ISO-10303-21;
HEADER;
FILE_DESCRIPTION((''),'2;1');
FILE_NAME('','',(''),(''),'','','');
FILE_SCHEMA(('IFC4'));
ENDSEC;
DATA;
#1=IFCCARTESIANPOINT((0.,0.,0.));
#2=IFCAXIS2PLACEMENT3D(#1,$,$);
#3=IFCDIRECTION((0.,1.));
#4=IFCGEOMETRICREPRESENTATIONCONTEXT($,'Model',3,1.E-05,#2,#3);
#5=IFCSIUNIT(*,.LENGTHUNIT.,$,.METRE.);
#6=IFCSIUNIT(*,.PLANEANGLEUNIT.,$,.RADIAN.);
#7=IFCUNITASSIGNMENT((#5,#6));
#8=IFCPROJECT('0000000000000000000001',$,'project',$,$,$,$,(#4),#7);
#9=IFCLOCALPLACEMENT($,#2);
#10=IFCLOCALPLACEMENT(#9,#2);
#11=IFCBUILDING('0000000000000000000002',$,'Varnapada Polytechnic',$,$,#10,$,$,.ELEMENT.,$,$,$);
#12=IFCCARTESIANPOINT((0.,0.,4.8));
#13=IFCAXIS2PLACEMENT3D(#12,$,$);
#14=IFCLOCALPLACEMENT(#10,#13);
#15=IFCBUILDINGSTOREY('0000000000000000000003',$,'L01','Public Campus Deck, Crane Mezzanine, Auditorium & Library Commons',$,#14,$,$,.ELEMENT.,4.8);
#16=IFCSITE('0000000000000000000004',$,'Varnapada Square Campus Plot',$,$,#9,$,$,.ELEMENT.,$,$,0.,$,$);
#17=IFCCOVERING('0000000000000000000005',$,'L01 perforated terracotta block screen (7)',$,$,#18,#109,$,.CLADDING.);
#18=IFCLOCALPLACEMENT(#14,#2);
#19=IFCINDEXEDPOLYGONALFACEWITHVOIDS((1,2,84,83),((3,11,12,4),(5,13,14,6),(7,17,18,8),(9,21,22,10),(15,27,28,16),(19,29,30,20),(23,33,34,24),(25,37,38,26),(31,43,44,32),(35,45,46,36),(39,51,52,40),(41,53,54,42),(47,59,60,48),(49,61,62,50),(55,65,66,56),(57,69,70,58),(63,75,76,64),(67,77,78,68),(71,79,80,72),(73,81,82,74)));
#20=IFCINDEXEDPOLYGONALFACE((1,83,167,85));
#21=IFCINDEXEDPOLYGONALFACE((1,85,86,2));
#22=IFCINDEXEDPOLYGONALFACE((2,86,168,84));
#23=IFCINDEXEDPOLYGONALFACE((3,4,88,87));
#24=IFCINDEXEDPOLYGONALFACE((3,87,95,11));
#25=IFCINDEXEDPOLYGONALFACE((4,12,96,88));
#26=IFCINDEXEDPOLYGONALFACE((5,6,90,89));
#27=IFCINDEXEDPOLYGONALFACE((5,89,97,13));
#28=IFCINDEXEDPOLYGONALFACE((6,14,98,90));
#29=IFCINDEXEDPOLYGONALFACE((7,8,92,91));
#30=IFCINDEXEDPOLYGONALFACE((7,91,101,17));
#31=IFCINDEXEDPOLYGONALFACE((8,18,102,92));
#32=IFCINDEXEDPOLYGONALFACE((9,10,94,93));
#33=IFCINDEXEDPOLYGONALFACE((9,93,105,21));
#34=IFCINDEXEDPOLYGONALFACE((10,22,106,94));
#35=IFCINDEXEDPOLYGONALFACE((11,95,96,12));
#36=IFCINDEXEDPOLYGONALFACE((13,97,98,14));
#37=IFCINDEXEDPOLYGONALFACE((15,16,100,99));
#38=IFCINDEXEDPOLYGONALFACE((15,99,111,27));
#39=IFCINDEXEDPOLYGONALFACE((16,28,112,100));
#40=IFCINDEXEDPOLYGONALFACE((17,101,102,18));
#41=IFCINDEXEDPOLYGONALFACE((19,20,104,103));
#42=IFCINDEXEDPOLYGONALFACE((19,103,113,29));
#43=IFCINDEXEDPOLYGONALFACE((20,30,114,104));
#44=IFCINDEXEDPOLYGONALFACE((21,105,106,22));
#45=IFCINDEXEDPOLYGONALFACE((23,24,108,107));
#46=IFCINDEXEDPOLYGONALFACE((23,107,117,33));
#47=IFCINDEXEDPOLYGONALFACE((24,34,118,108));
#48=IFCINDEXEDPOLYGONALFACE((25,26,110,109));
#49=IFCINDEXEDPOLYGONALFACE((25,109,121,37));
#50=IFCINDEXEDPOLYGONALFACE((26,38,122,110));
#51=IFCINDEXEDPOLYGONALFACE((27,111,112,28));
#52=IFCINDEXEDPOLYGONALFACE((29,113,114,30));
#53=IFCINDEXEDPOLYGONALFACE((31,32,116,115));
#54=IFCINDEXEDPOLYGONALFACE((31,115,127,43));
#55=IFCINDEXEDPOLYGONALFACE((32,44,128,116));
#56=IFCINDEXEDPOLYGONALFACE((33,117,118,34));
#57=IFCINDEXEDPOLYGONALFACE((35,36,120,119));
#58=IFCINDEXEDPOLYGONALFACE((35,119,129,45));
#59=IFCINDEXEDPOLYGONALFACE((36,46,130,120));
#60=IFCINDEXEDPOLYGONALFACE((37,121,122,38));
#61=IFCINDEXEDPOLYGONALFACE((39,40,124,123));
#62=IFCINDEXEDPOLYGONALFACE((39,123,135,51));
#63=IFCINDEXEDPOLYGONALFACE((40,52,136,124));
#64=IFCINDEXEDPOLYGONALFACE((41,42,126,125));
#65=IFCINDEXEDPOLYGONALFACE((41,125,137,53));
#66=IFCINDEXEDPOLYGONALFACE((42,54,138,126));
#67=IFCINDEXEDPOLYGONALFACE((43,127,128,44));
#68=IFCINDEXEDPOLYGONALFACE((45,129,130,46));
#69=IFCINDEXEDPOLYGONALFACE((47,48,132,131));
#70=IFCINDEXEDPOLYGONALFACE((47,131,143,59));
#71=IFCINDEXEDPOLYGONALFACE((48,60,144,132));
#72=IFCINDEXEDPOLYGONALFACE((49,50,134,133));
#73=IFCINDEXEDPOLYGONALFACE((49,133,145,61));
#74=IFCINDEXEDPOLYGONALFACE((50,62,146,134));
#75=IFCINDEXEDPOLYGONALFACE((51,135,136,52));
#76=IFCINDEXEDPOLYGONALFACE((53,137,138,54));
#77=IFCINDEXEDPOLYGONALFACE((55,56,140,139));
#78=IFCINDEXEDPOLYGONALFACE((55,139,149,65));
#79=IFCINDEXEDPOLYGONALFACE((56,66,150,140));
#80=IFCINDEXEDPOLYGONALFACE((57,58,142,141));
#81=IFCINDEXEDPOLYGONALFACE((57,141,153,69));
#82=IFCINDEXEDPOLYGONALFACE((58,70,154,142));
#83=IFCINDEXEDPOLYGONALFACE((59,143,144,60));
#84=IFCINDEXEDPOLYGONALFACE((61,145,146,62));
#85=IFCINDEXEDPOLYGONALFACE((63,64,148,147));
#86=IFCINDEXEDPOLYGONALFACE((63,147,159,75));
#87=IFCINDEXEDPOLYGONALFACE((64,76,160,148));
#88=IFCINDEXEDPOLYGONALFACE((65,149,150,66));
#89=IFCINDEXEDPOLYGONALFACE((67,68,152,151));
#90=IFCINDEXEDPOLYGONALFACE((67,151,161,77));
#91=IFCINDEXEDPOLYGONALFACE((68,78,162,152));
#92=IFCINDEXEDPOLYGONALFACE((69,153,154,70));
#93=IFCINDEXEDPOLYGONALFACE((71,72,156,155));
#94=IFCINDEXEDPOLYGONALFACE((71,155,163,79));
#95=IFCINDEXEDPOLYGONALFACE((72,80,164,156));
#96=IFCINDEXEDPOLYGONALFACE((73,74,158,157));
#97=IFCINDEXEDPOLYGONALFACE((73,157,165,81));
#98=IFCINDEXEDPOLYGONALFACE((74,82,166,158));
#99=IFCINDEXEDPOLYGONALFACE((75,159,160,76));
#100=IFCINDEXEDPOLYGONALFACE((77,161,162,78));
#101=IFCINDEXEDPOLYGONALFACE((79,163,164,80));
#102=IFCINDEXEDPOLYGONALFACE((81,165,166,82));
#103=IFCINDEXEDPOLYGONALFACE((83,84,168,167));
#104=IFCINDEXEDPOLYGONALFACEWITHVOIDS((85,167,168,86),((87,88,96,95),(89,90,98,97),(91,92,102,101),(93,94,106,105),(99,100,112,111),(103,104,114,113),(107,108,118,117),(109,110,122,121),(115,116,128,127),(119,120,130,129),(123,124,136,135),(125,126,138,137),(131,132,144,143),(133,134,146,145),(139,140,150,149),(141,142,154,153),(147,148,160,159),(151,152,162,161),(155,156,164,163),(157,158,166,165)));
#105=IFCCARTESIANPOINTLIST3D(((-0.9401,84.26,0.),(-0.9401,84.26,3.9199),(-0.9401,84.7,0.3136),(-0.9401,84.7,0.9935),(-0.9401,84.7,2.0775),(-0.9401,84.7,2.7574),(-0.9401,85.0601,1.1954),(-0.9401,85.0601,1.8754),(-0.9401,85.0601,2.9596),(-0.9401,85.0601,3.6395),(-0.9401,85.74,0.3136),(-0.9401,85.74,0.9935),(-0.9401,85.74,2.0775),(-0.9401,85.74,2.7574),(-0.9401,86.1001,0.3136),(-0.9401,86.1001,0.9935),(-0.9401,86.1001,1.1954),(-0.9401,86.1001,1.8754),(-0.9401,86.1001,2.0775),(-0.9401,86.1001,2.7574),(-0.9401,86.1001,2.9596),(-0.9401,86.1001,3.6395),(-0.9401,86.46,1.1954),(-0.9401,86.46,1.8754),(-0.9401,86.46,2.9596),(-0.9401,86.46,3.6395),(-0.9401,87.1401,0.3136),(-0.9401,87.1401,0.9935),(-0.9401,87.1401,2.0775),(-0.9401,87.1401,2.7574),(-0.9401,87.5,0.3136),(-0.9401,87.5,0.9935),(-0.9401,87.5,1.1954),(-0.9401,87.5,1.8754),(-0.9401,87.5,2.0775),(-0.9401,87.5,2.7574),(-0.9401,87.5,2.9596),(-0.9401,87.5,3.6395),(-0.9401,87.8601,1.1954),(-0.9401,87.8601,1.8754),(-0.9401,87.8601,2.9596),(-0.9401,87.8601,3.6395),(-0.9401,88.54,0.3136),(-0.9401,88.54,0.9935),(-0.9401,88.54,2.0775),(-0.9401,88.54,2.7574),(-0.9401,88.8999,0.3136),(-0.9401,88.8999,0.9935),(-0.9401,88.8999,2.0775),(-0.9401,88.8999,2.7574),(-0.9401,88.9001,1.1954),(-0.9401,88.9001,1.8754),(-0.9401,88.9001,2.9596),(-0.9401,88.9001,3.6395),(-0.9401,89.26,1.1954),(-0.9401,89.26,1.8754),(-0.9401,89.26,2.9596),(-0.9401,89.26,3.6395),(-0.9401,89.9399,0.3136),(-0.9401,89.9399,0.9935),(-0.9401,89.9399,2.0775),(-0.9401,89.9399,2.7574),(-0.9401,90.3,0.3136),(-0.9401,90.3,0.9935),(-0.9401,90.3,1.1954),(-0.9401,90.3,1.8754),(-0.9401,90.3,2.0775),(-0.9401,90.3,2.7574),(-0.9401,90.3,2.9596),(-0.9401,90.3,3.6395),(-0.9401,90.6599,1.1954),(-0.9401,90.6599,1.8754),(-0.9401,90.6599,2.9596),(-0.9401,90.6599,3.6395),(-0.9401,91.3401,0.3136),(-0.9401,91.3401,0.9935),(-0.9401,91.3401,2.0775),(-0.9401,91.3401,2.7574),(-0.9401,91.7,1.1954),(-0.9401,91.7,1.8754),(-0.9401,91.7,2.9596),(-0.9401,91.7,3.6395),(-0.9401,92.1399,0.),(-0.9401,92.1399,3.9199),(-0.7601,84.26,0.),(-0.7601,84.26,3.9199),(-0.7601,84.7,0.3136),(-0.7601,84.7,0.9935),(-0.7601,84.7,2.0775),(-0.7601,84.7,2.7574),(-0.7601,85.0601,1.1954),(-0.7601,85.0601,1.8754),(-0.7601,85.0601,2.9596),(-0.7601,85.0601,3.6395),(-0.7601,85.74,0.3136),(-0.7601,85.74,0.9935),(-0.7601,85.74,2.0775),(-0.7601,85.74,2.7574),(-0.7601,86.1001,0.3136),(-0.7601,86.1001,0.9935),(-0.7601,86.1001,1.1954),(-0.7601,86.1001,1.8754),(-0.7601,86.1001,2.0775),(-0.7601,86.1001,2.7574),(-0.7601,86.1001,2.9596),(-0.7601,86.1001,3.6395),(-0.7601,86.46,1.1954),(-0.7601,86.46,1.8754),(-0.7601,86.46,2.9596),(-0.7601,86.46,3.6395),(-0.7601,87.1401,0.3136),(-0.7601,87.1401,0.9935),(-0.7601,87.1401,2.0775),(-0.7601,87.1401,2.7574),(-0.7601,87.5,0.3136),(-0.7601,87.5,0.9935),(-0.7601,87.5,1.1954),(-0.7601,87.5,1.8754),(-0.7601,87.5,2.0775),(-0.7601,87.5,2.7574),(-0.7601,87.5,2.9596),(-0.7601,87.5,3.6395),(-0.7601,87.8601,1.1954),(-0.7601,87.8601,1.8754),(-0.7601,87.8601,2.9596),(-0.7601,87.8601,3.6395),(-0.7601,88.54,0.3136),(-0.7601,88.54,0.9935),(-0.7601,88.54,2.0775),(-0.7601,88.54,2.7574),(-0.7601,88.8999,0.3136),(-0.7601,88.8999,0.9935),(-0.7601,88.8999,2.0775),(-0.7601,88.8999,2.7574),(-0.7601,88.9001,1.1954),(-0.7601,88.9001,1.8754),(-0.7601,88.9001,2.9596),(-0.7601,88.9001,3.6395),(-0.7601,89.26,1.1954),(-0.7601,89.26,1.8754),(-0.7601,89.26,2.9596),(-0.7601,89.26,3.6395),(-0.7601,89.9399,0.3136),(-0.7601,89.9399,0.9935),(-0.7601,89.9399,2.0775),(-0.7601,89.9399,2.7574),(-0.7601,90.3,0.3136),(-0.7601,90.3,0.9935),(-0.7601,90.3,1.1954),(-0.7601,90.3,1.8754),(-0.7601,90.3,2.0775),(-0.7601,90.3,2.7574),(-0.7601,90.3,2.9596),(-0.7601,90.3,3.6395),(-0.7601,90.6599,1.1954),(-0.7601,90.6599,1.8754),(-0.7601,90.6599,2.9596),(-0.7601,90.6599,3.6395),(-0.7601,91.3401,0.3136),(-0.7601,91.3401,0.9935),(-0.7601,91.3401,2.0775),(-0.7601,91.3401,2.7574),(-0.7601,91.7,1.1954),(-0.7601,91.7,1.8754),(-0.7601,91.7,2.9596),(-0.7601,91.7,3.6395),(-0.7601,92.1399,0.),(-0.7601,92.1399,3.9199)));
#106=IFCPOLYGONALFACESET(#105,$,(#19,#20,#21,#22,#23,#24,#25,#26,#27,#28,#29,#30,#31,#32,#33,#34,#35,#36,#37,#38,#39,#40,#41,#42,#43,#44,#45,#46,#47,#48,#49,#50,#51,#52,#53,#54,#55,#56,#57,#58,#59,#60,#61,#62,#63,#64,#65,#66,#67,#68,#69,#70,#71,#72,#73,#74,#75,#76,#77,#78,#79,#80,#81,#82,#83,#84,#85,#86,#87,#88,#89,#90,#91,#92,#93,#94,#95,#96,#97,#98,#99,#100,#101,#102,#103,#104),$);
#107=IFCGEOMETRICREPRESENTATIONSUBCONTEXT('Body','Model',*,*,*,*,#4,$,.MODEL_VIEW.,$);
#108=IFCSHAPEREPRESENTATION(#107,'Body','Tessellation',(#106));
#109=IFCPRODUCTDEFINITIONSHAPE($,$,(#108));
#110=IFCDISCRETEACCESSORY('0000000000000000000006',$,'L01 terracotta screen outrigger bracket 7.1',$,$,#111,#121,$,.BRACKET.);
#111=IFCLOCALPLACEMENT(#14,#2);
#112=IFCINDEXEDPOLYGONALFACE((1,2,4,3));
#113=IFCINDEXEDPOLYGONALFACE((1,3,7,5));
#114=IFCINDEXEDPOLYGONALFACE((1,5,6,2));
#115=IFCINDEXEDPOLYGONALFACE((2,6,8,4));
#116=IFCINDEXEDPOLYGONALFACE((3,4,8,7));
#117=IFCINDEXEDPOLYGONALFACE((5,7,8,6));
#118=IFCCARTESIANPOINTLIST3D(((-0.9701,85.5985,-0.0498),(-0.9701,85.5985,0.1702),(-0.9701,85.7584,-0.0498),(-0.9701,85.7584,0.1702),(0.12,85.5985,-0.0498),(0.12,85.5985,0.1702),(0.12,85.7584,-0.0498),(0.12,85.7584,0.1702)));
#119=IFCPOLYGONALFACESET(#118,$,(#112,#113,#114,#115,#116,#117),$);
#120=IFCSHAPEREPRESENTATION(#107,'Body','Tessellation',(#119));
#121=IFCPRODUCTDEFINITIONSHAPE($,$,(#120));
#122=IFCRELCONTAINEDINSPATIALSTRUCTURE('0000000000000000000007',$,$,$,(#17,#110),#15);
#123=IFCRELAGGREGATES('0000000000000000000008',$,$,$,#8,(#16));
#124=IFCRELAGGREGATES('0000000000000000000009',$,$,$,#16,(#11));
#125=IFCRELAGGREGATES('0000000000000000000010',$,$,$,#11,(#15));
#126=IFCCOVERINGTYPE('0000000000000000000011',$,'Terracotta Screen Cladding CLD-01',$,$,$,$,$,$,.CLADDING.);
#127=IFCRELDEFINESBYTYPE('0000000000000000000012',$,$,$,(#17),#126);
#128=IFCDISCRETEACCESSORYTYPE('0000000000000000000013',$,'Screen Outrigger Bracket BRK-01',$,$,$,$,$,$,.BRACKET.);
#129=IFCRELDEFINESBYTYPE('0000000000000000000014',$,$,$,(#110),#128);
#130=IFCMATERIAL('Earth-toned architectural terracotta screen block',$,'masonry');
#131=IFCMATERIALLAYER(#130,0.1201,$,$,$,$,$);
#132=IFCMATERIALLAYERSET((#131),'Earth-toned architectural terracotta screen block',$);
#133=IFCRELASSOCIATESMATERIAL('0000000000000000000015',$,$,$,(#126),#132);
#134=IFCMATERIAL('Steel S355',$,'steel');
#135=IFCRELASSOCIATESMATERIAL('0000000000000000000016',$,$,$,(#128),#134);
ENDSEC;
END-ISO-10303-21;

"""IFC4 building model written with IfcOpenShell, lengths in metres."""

from ifc_helpers import new_model, si_unit, direction, frame, frame_2d, origin, origin_2d, place, context, subcontext, project, spatial, rectangle, extrude, material, layer, layer_set, type_object, element, save


model = new_model("IFC4")

# Units and contexts
model_context = context("Model", 3, precision=1e-05, world=origin(), true_north=direction((0.0, 1.0)))
body_context = subcontext(model_context, "Body", "Model", "MODEL_VIEW")
ifc_project = project(units=[si_unit("LENGTHUNIT", "METRE"), si_unit("PLANEANGLEUNIT", "RADIAN")], contexts=[model_context])

# Site, building, storey
site_placement = place(None, origin())
site = spatial("IfcSite", under=ifc_project, at=site_placement, Name="Varnapada Square Campus Plot", CompositionType="ELEMENT", RefElevation=0.0)
building_placement = place(site_placement, origin())
building = spatial("IfcBuilding", under=site, at=building_placement, Name="Varnapada Polytechnic", CompositionType="ELEMENT")
storey_placement = place(building_placement, frame((0.0, 0.0, 4.8)))
storey = spatial("IfcBuildingStorey", under=building, at=storey_placement, Name="L01", Description="Public Campus Deck, Crane Mezzanine, Auditorium & Library Commons", CompositionType="ELEMENT", Elevation=4.8)

# Shared definitions
ifc_material_1 = material(Name="Steel S355", Category="steel")

# Covering, openings
ifc_material_2 = material(Name="Earth-toned architectural terracotta screen block", Category="masonry")
ifc_layer_1 = layer(ifc_material_2, 0.1201)
ifc_layer_set_1 = layer_set([ifc_layer_1], Name="Earth-toned architectural terracotta screen block")
covering_type = type_object("IfcCoveringType", Name="Terracotta Screen Cladding CLD-01", PredefinedType="CLADDING", material=ifc_layer_set_1)
covering_placement = place(storey_placement, frame((-0.8501, 84.26, 0.0), z_axis=(0.0, 0.0, 1.0), x_axis=(0.0, 1.0, 0.0)))
covering = element("IfcCovering", 1, at=covering_placement, inside=storey, type_object=covering_type, Name="L01 perforated terracotta block screen (7)", PredefinedType="CLADDING", context=body_context, shape_type="SweptSolid", body=[
    extrude(rectangle(XDim=7.8799, YDim=0.1799, at=frame_2d((3.9399, 0.0))), origin(), (0.0, 0.0, 1.0), 3.9199),
])
opening_1_placement = place(covering_placement, frame((0.4399, 0.0, 0.3137)))
element("IfcOpeningElement", 2, at=opening_1_placement, cuts=covering, PredefinedType="OPENING", context=body_context, shape_type="SweptSolid", body=[
    extrude(rectangle(XDim=1.04, YDim=0.6799, at=frame_2d((0.52, 0.3398))), frame((0.0, 0.0999, 0.0), z_axis=(0.0, -1.0, 0.0), x_axis=(1.0, 0.0, 0.0)), (0.0, 0.0, 1.0), 0.2),
])
opening_2_placement = place(covering_placement, frame((1.8401, 0.0, 0.3137)))
element("IfcOpeningElement", 3, at=opening_2_placement, cuts=covering, PredefinedType="OPENING", context=body_context, shape_type="SweptSolid", body=[
    extrude(rectangle(XDim=1.04, YDim=0.6799, at=frame_2d((0.52, 0.3398))), frame((0.0, 0.0999, 0.0), z_axis=(0.0, -1.0, 0.0), x_axis=(1.0, 0.0, 0.0)), (0.0, 0.0, 1.0), 0.2),
])
opening_3_placement = place(covering_placement, frame((3.24, 0.0, 0.3137)))
element("IfcOpeningElement", 4, at=opening_3_placement, cuts=covering, PredefinedType="OPENING", context=body_context, shape_type="SweptSolid", body=[
    extrude(rectangle(XDim=1.04, YDim=0.6799, at=frame_2d((0.52, 0.3398))), frame((0.0, 0.0999, 0.0), z_axis=(0.0, -1.0, 0.0), x_axis=(1.0, 0.0, 0.0)), (0.0, 0.0, 1.0), 0.2),
])
opening_4_placement = place(covering_placement, frame((4.6399, 0.0, 0.3137)))
element("IfcOpeningElement", 5, at=opening_4_placement, cuts=covering, PredefinedType="OPENING", context=body_context, shape_type="SweptSolid", body=[
    extrude(rectangle(XDim=1.04, YDim=0.6799, at=frame_2d((0.52, 0.3398))), frame((0.0, 0.0999, 0.0), z_axis=(0.0, -1.0, 0.0), x_axis=(1.0, 0.0, 0.0)), (0.0, 0.0, 1.0), 0.2),
])
opening_5_placement = place(covering_placement, frame((6.04, 0.0, 0.3137)))
element("IfcOpeningElement", 6, at=opening_5_placement, cuts=covering, PredefinedType="OPENING", context=body_context, shape_type="SweptSolid", body=[
    extrude(rectangle(XDim=1.04, YDim=0.6799, at=frame_2d((0.52, 0.3398))), frame((0.0, 0.0999, 0.0), z_axis=(0.0, -1.0, 0.0), x_axis=(1.0, 0.0, 0.0)), (0.0, 0.0, 1.0), 0.2),
])
opening_6_placement = place(covering_placement, frame((0.8, 0.0, 1.1956)))
element("IfcOpeningElement", 7, at=opening_6_placement, cuts=covering, PredefinedType="OPENING", context=body_context, shape_type="SweptSolid", body=[
    extrude(rectangle(XDim=1.04, YDim=0.6799, at=frame_2d((0.52, 0.3398))), frame((0.0, 0.0999, 0.0), z_axis=(0.0, -1.0, 0.0), x_axis=(1.0, 0.0, 0.0)), (0.0, 0.0, 1.0), 0.2),
])
opening_7_placement = place(covering_placement, frame((2.2, 0.0, 1.1956)))
element("IfcOpeningElement", 8, at=opening_7_placement, cuts=covering, PredefinedType="OPENING", context=body_context, shape_type="SweptSolid", body=[
    extrude(rectangle(XDim=1.04, YDim=0.6799, at=frame_2d((0.52, 0.3398))), frame((0.0, 0.0999, 0.0), z_axis=(0.0, -1.0, 0.0), x_axis=(1.0, 0.0, 0.0)), (0.0, 0.0, 1.0), 0.2),
])
opening_8_placement = place(covering_placement, frame((3.6001, 0.0, 1.1956)))
element("IfcOpeningElement", 9, at=opening_8_placement, cuts=covering, PredefinedType="OPENING", context=body_context, shape_type="SweptSolid", body=[
    extrude(rectangle(XDim=1.04, YDim=0.6799, at=frame_2d((0.52, 0.3398))), frame((0.0, 0.0999, 0.0), z_axis=(0.0, -1.0, 0.0), x_axis=(1.0, 0.0, 0.0)), (0.0, 0.0, 1.0), 0.2),
])
opening_9_placement = place(covering_placement, frame((5.0, 0.0, 1.1956)))
element("IfcOpeningElement", 10, at=opening_9_placement, cuts=covering, PredefinedType="OPENING", context=body_context, shape_type="SweptSolid", body=[
    extrude(rectangle(XDim=1.04, YDim=0.6799, at=frame_2d((0.52, 0.3398))), frame((0.0, 0.0999, 0.0), z_axis=(0.0, -1.0, 0.0), x_axis=(1.0, 0.0, 0.0)), (0.0, 0.0, 1.0), 0.2),
])
opening_10_placement = place(covering_placement, frame((6.3999, 0.0, 1.1956)))
element("IfcOpeningElement", 11, at=opening_10_placement, cuts=covering, PredefinedType="OPENING", context=body_context, shape_type="SweptSolid", body=[
    extrude(rectangle(XDim=1.04, YDim=0.6799, at=frame_2d((0.52, 0.3398))), frame((0.0, 0.0999, 0.0), z_axis=(0.0, -1.0, 0.0), x_axis=(1.0, 0.0, 0.0)), (0.0, 0.0, 1.0), 0.2),
])
opening_11_placement = place(covering_placement, frame((0.4399, 0.0, 2.0776)))
element("IfcOpeningElement", 12, at=opening_11_placement, cuts=covering, PredefinedType="OPENING", context=body_context, shape_type="SweptSolid", body=[
    extrude(rectangle(XDim=1.04, YDim=0.6799, at=frame_2d((0.52, 0.3398))), frame((0.0, 0.0999, 0.0), z_axis=(0.0, -1.0, 0.0), x_axis=(1.0, 0.0, 0.0)), (0.0, 0.0, 1.0), 0.2),
])
opening_12_placement = place(covering_placement, frame((1.8401, 0.0, 2.0776)))
element("IfcOpeningElement", 13, at=opening_12_placement, cuts=covering, PredefinedType="OPENING", context=body_context, shape_type="SweptSolid", body=[
    extrude(rectangle(XDim=1.04, YDim=0.6799, at=frame_2d((0.52, 0.3398))), frame((0.0, 0.0999, 0.0), z_axis=(0.0, -1.0, 0.0), x_axis=(1.0, 0.0, 0.0)), (0.0, 0.0, 1.0), 0.2),
])
opening_13_placement = place(covering_placement, frame((3.24, 0.0, 2.0776)))
element("IfcOpeningElement", 14, at=opening_13_placement, cuts=covering, PredefinedType="OPENING", context=body_context, shape_type="SweptSolid", body=[
    extrude(rectangle(XDim=1.04, YDim=0.6799, at=frame_2d((0.52, 0.3398))), frame((0.0, 0.0999, 0.0), z_axis=(0.0, -1.0, 0.0), x_axis=(1.0, 0.0, 0.0)), (0.0, 0.0, 1.0), 0.2),
])
opening_14_placement = place(covering_placement, frame((4.6399, 0.0, 2.0776)))
element("IfcOpeningElement", 15, at=opening_14_placement, cuts=covering, PredefinedType="OPENING", context=body_context, shape_type="SweptSolid", body=[
    extrude(rectangle(XDim=1.04, YDim=0.6799, at=frame_2d((0.52, 0.3398))), frame((0.0, 0.0999, 0.0), z_axis=(0.0, -1.0, 0.0), x_axis=(1.0, 0.0, 0.0)), (0.0, 0.0, 1.0), 0.2),
])
opening_15_placement = place(covering_placement, frame((6.04, 0.0, 2.0776)))
element("IfcOpeningElement", 16, at=opening_15_placement, cuts=covering, PredefinedType="OPENING", context=body_context, shape_type="SweptSolid", body=[
    extrude(rectangle(XDim=1.04, YDim=0.6799, at=frame_2d((0.52, 0.3398))), frame((0.0, 0.0999, 0.0), z_axis=(0.0, -1.0, 0.0), x_axis=(1.0, 0.0, 0.0)), (0.0, 0.0, 1.0), 0.2),
])
opening_16_placement = place(covering_placement, frame((0.8, 0.0, 2.9597)))
element("IfcOpeningElement", 17, at=opening_16_placement, cuts=covering, PredefinedType="OPENING", context=body_context, shape_type="SweptSolid", body=[
    extrude(rectangle(XDim=1.04, YDim=0.6799, at=frame_2d((0.52, 0.3398))), frame((0.0, 0.0999, 0.0), z_axis=(0.0, -1.0, 0.0), x_axis=(1.0, 0.0, 0.0)), (0.0, 0.0, 1.0), 0.2),
])
opening_17_placement = place(covering_placement, frame((2.2, 0.0, 2.9597)))
element("IfcOpeningElement", 18, at=opening_17_placement, cuts=covering, PredefinedType="OPENING", context=body_context, shape_type="SweptSolid", body=[
    extrude(rectangle(XDim=1.04, YDim=0.6799, at=frame_2d((0.52, 0.3398))), frame((0.0, 0.0999, 0.0), z_axis=(0.0, -1.0, 0.0), x_axis=(1.0, 0.0, 0.0)), (0.0, 0.0, 1.0), 0.2),
])
opening_18_placement = place(covering_placement, frame((3.6001, 0.0, 2.9597)))
element("IfcOpeningElement", 19, at=opening_18_placement, cuts=covering, PredefinedType="OPENING", context=body_context, shape_type="SweptSolid", body=[
    extrude(rectangle(XDim=1.04, YDim=0.6799, at=frame_2d((0.52, 0.3398))), frame((0.0, 0.0999, 0.0), z_axis=(0.0, -1.0, 0.0), x_axis=(1.0, 0.0, 0.0)), (0.0, 0.0, 1.0), 0.2),
])
opening_19_placement = place(covering_placement, frame((5.0, 0.0, 2.9597)))
element("IfcOpeningElement", 20, at=opening_19_placement, cuts=covering, PredefinedType="OPENING", context=body_context, shape_type="SweptSolid", body=[
    extrude(rectangle(XDim=1.04, YDim=0.6799, at=frame_2d((0.52, 0.3398))), frame((0.0, 0.0999, 0.0), z_axis=(0.0, -1.0, 0.0), x_axis=(1.0, 0.0, 0.0)), (0.0, 0.0, 1.0), 0.2),
])
opening_20_placement = place(covering_placement, frame((6.3999, 0.0, 2.9597)))
element("IfcOpeningElement", 21, at=opening_20_placement, cuts=covering, PredefinedType="OPENING", context=body_context, shape_type="SweptSolid", body=[
    extrude(rectangle(XDim=1.04, YDim=0.6799, at=frame_2d((0.52, 0.3398))), frame((0.0, 0.0999, 0.0), z_axis=(0.0, -1.0, 0.0), x_axis=(1.0, 0.0, 0.0)), (0.0, 0.0, 1.0), 0.2),
])

# Discrete accessory
discrete_accessory_type = type_object("IfcDiscreteAccessoryType", Name="Screen Outrigger Bracket BRK-01", PredefinedType="BRACKET", material=ifc_material_1)
discrete_accessory_placement = place(storey_placement, frame((-0.425, 85.6785, -0.0498), z_axis=(0.0, 0.0, 1.0), x_axis=(0.0, 1.0, 0.0)))
element("IfcDiscreteAccessory", 22, at=discrete_accessory_placement, inside=storey, type_object=discrete_accessory_type, Name="L01 terracotta screen outrigger bracket 7.1", PredefinedType="BRACKET", context=body_context, shape_type="SweptSolid", body=[
    extrude(rectangle(XDim=0.1599, YDim=1.0901, at=origin_2d()), origin(), (0.0, 0.0, 1.0), 0.22),
])

save(model, "model.ifc")
